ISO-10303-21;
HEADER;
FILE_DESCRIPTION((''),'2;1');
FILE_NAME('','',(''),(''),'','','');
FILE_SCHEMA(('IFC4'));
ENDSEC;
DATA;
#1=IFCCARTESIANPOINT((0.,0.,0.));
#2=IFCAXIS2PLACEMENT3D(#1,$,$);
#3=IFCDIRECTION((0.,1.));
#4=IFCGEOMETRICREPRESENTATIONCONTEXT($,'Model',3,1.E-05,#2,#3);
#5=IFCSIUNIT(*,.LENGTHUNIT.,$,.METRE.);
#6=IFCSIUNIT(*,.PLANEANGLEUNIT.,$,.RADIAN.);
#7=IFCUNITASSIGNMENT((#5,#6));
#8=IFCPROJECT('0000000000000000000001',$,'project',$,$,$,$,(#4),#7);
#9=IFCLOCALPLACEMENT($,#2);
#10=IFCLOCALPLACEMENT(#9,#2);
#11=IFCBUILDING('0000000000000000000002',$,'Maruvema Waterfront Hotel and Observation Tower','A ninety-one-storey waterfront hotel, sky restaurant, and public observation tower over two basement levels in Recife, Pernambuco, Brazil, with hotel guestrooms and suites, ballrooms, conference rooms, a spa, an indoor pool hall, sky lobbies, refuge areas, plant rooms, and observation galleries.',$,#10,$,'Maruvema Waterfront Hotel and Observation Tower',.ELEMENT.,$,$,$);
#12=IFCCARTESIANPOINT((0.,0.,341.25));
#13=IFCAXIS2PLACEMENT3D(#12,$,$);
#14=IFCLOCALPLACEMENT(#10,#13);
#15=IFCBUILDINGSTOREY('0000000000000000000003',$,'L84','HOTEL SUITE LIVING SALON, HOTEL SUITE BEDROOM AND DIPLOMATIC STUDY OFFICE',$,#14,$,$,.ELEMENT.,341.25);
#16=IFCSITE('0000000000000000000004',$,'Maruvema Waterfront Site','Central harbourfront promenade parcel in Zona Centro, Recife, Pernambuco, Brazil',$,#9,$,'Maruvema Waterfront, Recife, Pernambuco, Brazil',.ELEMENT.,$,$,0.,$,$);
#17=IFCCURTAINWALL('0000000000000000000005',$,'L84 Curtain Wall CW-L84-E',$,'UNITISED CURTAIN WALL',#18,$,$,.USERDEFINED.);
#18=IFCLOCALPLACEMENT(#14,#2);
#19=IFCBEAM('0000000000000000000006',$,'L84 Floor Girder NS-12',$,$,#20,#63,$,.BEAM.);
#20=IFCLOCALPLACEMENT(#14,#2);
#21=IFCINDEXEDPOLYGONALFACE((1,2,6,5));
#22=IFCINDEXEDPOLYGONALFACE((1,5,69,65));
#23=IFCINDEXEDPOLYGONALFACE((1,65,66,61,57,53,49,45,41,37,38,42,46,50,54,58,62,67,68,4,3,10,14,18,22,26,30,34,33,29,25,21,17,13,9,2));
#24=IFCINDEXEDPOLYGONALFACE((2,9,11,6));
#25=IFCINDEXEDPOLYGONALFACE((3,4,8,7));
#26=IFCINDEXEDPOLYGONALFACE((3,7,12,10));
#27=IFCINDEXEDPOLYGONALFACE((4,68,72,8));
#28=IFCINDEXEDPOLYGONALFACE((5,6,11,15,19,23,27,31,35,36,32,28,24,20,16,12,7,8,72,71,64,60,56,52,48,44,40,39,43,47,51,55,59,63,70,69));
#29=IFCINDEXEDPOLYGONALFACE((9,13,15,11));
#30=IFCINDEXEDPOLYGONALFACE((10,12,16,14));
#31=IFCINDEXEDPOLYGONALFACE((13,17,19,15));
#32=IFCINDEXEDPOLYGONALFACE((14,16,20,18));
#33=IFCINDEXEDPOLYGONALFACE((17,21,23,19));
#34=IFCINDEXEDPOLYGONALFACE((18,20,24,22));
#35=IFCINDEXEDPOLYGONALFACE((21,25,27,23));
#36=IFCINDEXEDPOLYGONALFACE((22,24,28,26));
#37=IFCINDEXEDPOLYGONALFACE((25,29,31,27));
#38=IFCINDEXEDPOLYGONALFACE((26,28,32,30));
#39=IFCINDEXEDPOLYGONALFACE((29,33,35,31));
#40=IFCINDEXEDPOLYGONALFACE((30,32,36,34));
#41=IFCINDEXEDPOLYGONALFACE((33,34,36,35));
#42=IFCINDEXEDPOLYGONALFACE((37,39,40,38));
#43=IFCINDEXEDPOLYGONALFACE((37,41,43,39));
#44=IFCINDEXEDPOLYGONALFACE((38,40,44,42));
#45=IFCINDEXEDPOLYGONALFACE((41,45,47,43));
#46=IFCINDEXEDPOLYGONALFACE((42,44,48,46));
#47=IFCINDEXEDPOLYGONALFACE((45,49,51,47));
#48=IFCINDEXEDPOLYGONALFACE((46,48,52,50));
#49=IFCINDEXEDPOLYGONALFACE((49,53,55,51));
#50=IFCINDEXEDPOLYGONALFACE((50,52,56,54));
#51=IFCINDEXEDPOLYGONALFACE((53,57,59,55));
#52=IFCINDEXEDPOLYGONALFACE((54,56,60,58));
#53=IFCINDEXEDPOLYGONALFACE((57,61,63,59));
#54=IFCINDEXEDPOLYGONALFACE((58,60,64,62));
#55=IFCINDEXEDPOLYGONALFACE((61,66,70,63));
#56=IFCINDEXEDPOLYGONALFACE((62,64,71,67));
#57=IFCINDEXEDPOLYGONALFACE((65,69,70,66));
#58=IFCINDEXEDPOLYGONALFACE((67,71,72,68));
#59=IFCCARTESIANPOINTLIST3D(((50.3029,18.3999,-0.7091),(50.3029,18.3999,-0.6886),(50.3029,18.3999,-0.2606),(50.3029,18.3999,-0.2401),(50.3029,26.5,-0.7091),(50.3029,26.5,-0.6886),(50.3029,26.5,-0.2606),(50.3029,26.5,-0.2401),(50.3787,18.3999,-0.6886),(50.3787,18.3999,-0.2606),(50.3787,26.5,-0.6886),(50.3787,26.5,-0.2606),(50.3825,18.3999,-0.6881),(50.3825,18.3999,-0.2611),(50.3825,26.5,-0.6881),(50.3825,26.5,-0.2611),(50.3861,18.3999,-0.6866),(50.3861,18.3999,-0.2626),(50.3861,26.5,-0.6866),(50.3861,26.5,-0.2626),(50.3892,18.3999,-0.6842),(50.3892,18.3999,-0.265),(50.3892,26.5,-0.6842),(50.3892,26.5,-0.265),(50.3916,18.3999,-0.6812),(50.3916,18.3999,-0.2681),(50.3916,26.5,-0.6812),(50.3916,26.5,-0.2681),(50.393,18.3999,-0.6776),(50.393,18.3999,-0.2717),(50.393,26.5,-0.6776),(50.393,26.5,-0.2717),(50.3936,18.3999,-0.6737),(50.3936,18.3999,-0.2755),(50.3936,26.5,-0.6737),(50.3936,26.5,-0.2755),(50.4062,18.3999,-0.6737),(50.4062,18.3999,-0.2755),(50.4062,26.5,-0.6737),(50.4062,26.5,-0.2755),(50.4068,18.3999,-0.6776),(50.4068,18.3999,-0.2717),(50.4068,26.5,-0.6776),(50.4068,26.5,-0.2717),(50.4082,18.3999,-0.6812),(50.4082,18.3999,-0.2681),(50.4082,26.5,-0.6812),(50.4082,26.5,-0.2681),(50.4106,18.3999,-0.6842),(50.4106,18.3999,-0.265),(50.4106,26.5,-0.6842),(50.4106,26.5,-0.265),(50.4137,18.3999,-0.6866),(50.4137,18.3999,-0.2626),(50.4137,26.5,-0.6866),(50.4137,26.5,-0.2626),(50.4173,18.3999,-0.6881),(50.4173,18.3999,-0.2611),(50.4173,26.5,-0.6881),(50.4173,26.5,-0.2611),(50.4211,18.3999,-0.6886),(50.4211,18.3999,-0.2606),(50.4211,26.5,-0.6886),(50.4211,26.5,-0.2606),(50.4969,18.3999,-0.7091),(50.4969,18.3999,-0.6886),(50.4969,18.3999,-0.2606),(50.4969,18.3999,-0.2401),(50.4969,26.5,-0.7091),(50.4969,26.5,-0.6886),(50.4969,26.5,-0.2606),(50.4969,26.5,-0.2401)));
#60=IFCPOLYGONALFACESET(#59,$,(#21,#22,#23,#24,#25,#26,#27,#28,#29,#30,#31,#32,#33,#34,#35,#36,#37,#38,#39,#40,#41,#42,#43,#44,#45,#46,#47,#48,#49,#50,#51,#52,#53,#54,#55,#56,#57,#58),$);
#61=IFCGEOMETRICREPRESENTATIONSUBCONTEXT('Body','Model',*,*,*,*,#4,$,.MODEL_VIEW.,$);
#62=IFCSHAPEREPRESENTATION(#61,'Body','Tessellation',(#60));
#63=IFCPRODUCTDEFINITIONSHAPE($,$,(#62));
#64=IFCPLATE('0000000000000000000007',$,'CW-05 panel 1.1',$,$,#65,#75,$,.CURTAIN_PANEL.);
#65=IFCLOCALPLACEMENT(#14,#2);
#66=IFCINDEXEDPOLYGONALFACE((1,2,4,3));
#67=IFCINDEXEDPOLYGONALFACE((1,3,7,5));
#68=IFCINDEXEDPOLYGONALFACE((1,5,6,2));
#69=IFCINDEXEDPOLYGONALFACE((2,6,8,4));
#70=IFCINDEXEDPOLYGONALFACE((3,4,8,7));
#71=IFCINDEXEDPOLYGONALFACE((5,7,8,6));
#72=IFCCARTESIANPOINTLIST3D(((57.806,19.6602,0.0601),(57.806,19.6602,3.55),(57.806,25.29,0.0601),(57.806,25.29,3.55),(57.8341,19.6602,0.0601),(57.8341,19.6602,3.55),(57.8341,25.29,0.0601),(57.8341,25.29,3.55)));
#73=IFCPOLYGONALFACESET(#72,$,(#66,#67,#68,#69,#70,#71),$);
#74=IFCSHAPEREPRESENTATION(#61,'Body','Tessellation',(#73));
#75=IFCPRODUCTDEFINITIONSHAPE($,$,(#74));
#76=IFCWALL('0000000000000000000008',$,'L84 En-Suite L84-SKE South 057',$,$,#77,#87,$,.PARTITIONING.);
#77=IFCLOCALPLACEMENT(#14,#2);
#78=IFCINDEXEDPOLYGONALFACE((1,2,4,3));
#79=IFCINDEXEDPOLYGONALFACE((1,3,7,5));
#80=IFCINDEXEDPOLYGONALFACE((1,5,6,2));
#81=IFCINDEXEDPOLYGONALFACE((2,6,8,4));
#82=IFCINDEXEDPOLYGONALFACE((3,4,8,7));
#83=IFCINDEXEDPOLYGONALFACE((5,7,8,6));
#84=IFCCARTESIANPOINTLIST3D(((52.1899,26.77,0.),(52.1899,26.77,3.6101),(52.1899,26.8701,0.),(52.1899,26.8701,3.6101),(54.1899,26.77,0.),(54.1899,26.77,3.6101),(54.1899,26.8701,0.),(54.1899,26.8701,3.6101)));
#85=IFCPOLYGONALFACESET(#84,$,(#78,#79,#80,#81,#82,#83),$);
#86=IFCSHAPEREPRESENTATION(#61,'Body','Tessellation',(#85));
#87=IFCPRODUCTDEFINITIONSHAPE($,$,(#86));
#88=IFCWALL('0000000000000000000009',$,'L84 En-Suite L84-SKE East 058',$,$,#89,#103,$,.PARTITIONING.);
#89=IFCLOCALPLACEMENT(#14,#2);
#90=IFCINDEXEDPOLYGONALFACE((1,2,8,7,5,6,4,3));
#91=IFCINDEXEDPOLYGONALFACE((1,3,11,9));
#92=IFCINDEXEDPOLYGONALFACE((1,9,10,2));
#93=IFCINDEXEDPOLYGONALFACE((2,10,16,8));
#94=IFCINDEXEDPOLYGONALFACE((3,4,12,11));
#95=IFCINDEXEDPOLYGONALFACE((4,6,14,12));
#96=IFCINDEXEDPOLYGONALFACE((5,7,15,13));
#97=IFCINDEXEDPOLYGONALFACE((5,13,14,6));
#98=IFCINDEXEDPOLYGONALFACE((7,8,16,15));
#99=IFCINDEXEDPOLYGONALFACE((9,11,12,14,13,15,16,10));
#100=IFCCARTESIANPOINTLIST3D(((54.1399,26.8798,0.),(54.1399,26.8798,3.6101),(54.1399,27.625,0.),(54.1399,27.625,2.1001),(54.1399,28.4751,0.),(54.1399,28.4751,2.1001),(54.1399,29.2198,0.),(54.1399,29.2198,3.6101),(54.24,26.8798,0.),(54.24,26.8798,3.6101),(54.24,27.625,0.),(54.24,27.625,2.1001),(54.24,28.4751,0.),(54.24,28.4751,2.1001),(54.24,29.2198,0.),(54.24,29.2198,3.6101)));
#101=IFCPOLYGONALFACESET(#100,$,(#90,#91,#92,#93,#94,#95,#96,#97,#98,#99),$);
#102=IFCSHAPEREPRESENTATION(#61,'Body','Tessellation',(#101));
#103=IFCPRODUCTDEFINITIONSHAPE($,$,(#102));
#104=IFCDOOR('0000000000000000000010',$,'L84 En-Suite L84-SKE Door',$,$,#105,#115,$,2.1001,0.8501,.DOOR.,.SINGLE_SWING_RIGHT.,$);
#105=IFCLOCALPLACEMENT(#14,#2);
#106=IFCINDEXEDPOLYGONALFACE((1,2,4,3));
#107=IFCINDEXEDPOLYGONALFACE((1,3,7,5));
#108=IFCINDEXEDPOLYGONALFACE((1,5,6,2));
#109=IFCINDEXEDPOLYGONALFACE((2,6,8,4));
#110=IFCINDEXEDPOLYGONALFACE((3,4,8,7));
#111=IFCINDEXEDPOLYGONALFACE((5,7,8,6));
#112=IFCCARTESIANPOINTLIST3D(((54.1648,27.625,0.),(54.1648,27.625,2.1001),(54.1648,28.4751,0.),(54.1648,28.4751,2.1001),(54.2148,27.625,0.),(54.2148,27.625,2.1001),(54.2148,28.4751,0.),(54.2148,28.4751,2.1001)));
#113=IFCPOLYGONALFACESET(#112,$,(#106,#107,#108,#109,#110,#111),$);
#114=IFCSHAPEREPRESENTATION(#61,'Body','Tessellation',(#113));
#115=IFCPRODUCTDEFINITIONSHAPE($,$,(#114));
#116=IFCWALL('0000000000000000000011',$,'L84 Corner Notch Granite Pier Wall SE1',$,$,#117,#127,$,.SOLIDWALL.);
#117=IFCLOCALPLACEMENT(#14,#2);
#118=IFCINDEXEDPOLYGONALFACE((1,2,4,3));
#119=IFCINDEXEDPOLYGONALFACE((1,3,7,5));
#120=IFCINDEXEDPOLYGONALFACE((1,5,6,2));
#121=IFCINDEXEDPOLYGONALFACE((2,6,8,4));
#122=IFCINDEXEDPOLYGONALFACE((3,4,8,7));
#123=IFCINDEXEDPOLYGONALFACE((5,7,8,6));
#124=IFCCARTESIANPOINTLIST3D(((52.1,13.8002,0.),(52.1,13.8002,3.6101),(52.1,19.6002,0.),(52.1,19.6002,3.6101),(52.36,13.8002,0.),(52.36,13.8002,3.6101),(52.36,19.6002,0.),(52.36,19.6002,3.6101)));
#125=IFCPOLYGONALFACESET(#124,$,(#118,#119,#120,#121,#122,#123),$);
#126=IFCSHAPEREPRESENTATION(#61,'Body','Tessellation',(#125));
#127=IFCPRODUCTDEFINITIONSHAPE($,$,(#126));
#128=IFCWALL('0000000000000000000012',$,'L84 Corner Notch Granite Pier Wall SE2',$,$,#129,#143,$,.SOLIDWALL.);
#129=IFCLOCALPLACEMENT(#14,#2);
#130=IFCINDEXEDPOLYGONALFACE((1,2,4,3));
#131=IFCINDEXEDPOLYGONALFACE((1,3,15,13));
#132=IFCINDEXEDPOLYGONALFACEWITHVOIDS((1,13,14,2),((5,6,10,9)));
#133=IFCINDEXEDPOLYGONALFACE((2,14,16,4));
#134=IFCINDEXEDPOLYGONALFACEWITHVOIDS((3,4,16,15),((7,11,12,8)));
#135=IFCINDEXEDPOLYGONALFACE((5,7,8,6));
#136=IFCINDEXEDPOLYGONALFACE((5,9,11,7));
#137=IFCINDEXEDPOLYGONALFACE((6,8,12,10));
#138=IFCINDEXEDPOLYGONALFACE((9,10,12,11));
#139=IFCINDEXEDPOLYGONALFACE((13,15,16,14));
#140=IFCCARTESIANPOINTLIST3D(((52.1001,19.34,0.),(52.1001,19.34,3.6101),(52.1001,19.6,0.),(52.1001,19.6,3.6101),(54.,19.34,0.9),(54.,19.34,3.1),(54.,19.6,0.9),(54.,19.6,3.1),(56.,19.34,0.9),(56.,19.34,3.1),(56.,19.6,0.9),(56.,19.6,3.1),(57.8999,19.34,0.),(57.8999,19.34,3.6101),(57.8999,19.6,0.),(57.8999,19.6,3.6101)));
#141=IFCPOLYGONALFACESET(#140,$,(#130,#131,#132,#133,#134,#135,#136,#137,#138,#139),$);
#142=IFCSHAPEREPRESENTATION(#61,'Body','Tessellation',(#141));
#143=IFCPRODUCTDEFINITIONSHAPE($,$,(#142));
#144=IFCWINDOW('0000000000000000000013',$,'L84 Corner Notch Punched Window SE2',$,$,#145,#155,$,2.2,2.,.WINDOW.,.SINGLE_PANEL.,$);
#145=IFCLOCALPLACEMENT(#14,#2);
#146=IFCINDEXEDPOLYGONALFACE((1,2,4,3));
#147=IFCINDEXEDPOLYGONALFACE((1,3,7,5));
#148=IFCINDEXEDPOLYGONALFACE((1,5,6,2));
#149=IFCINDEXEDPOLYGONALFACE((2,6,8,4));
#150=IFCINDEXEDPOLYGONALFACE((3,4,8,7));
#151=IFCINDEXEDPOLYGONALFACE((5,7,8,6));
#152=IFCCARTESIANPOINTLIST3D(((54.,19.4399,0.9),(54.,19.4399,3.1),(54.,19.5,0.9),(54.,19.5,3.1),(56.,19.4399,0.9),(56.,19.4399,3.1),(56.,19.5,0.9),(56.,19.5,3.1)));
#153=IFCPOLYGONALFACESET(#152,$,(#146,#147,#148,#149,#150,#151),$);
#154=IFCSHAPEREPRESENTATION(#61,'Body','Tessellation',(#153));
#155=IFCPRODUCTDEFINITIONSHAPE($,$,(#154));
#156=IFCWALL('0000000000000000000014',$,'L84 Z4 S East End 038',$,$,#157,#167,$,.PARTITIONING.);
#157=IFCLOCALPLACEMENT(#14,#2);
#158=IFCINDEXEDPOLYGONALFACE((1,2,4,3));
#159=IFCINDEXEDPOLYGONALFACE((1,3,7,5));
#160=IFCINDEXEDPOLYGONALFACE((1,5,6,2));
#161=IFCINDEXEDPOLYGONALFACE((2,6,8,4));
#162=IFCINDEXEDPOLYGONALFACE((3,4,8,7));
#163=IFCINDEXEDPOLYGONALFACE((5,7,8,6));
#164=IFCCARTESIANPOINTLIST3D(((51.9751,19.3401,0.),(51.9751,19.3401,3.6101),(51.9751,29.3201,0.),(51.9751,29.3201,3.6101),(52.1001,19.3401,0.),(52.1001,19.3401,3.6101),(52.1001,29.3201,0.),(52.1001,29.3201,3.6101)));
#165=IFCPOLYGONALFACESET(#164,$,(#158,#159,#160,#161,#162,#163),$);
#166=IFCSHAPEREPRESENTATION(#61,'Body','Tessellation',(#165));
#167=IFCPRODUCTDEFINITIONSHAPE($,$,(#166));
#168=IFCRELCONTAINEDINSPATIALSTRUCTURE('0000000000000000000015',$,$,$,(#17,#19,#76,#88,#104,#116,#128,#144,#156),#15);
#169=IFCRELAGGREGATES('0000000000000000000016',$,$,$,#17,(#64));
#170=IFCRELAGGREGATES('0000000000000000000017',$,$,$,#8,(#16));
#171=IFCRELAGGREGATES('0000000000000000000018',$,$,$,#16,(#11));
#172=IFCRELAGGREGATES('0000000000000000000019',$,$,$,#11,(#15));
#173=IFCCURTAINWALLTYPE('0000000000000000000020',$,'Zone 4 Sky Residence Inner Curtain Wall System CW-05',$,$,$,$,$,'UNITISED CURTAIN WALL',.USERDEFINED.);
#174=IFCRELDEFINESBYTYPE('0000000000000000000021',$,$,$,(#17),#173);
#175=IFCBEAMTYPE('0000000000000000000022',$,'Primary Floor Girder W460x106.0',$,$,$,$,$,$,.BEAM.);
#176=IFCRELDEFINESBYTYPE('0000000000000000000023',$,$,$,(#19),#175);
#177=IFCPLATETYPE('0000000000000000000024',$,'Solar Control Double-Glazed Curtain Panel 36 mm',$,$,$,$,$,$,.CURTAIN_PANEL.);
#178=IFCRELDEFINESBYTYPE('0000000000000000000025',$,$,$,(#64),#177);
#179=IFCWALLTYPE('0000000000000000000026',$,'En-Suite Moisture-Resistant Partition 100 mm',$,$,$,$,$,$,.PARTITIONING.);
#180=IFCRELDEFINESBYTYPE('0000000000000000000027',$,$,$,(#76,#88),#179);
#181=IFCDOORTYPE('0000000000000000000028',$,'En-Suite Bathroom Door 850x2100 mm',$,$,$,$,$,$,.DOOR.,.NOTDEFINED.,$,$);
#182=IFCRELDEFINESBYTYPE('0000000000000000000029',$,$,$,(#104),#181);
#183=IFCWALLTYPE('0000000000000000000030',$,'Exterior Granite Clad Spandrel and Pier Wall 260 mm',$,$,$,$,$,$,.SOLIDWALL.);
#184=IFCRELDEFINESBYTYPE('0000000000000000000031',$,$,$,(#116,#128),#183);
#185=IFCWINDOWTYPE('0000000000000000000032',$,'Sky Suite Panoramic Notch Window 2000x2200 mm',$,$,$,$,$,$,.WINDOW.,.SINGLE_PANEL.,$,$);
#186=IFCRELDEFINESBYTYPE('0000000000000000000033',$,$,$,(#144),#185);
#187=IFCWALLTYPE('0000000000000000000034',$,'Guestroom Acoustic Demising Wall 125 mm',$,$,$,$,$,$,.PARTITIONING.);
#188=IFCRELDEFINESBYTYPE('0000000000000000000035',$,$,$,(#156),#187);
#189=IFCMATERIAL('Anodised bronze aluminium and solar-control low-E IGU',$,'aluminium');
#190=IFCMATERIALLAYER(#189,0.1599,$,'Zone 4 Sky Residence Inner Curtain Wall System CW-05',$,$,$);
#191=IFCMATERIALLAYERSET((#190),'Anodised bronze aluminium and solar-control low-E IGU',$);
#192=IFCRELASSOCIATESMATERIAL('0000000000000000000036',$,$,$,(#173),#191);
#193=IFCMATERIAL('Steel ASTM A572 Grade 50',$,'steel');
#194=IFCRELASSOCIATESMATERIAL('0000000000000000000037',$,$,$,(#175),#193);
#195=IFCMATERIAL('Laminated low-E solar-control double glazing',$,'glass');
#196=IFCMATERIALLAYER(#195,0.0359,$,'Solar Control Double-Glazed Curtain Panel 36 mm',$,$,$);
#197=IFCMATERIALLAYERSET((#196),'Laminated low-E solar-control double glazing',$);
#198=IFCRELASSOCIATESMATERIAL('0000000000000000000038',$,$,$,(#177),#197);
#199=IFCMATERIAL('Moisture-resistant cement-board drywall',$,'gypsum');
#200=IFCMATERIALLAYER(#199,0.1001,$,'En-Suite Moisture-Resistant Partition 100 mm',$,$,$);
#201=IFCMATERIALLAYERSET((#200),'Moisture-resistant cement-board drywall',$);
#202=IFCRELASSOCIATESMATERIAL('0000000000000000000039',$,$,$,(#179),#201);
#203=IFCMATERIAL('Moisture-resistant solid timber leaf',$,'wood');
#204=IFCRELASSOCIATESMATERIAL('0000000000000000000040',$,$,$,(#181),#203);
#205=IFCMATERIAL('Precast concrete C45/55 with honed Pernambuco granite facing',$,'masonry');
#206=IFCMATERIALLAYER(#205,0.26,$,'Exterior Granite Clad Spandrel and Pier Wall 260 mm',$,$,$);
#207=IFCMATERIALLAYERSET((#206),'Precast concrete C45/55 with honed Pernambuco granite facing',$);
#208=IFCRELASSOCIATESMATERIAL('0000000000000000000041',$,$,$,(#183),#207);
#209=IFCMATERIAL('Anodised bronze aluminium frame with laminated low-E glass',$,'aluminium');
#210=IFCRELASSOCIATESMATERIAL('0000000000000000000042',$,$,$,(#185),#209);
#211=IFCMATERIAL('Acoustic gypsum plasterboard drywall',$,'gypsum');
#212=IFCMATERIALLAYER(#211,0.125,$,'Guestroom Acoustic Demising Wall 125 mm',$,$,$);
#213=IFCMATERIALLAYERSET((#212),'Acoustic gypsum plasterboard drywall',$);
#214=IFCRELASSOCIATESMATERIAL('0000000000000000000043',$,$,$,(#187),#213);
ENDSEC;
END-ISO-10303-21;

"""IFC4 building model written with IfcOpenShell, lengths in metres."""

from ifc_helpers import new_model, si_unit, direction, frame, frame_2d, origin, origin_2d, place, context, subcontext, project, spatial, rectangle, i_section, extrude, material, layer, layer_set, material_profile, profile_set, type_object, element, fill, aggregate, save


model = new_model("IFC4")

# Units and contexts
model_context = context("Model", 3, precision=1e-05, world=origin(), true_north=direction((0.0, 1.0)))
body_context = subcontext(model_context, "Body", "Model", "MODEL_VIEW")
ifc_project = project(units=[si_unit("LENGTHUNIT", "METRE"), si_unit("PLANEANGLEUNIT", "RADIAN")], contexts=[model_context])

# Site, building, storey
site_placement = place(None, origin())
site = spatial("IfcSite", under=ifc_project, at=site_placement, Name="Maruvema Waterfront Site", Description="Central harbourfront promenade parcel in Zona Centro, Recife, Pernambuco, Brazil", LongName="Maruvema Waterfront, Recife, Pernambuco, Brazil", CompositionType="ELEMENT", RefElevation=0.0)
building_placement = place(site_placement, origin())
building = spatial("IfcBuilding", under=site, at=building_placement, Name="Maruvema Waterfront Hotel and Observation Tower", Description="A ninety-one-storey waterfront hotel, sky restaurant, and public observation tower over two basement levels in Recife, Pernambuco, Brazil, with hotel guestrooms and suites, ballrooms, conference rooms, a spa, an indoor pool hall, sky lobbies, refuge areas, plant rooms, and observation galleries.", LongName="Maruvema Waterfront Hotel and Observation Tower", CompositionType="ELEMENT")
storey_placement = place(building_placement, frame((0.0, 0.0, 341.25)))
storey = spatial("IfcBuildingStorey", under=building, at=storey_placement, Name="L84", Description="HOTEL SUITE LIVING SALON, HOTEL SUITE BEDROOM AND DIPLOMATIC STUDY OFFICE", CompositionType="ELEMENT", Elevation=341.25)

# Curtain wall
ifc_material_1 = material(Name="Anodised bronze aluminium and solar-control low-E IGU", Category="aluminium")
ifc_layer_1 = layer(ifc_material_1, 0.1599, Name="Zone 4 Sky Residence Inner Curtain Wall System CW-05")
ifc_layer_set_1 = layer_set([ifc_layer_1], Name="Anodised bronze aluminium and solar-control low-E IGU")
curtain_wall_type = type_object("IfcCurtainWallType", Name="Zone 4 Sky Residence Inner Curtain Wall System CW-05", ElementType="UNITISED CURTAIN WALL", PredefinedType="USERDEFINED", material=ifc_layer_set_1)
curtain_wall_1_placement = place(storey_placement, origin())
curtain_wall_1 = element("IfcCurtainWall", 1, at=curtain_wall_1_placement, inside=storey, type_object=curtain_wall_type, Name="L84 Curtain Wall CW-L84-E", ObjectType="UNITISED CURTAIN WALL", PredefinedType="USERDEFINED")

# Beam
ifc_material_2 = material(Name="Steel ASTM A572 Grade 50", Category="steel")
ifc_material_profile_1 = material_profile(ifc_material_2, i_section(OverallWidth=0.1941, OverallDepth=0.469, WebThickness=0.0127, FlangeThickness=0.0205, FilletRadius=0.0149, at=origin_2d()), Name="W460x106.0")
ifc_profile_set_1 = profile_set([ifc_material_profile_1], Name="Steel ASTM A572 Grade 50")
beam_type = type_object("IfcBeamType", Name="Primary Floor Girder W460x106.0", PredefinedType="BEAM", material=ifc_profile_set_1)
beam_1_placement = place(storey_placement, frame((50.3999, 18.3999, -0.4746), z_axis=(0.0, 1.0, 0.0), x_axis=(-1.0, 0.0, 0.0)))
element("IfcBeam", 2, at=beam_1_placement, inside=storey, type_object=beam_type, Name="L84 Floor Girder NS-12", PredefinedType="BEAM", context=body_context, shape_type="SweptSolid", body=[
    extrude(i_section(OverallWidth=0.1941, OverallDepth=0.469, WebThickness=0.0127, FlangeThickness=0.0205, FilletRadius=0.0149, at=origin_2d()), origin(), (0.0, 0.0, 1.0), 8.1001),
])

# Plate
ifc_material_3 = material(Name="Laminated low-E solar-control double glazing", Category="glass")
ifc_layer_2 = layer(ifc_material_3, 0.0359, Name="Solar Control Double-Glazed Curtain Panel 36 mm")
ifc_layer_set_2 = layer_set([ifc_layer_2], Name="Laminated low-E solar-control double glazing")
plate_type = type_object("IfcPlateType", Name="Solar Control Double-Glazed Curtain Panel 36 mm", PredefinedType="CURTAIN_PANEL", material=ifc_layer_set_2)
plate_placement = place(storey_placement, frame((57.8201, 22.4751, 0.0601), z_axis=(0.0, 0.0, 1.0), x_axis=(0.0, 1.0, 0.0)))
plate = element("IfcPlate", 3, at=plate_placement, type_object=plate_type, Name="CW-05 panel 1.1", PredefinedType="CURTAIN_PANEL", context=body_context, shape_type="SweptSolid", body=[
    extrude(rectangle(XDim=5.6299, YDim=0.0281, at=origin_2d()), origin(), (0.0, 0.0, 1.0), 3.49),
])
aggregate(curtain_wall_1, [plate])

# Wall
ifc_material_4 = material(Name="Moisture-resistant cement-board drywall", Category="gypsum")
ifc_layer_3 = layer(ifc_material_4, 0.1001, Name="En-Suite Moisture-Resistant Partition 100 mm")
ifc_layer_set_3 = layer_set([ifc_layer_3], Name="Moisture-resistant cement-board drywall")
wall_type_1 = type_object("IfcWallType", Name="En-Suite Moisture-Resistant Partition 100 mm", PredefinedType="PARTITIONING", material=ifc_layer_set_3)
wall_1_placement = place(storey_placement, frame((52.1899, 26.8201, 0.0), z_axis=(0.0, 0.0, 1.0), x_axis=(1.0, 0.0, 0.0)))
element("IfcWall", 4, at=wall_1_placement, inside=storey, type_object=wall_type_1, Name="L84 En-Suite L84-SKE South 057", PredefinedType="PARTITIONING", context=body_context, shape_type="SweptSolid", body=[
    extrude(rectangle(XDim=2.0, YDim=0.1001, at=frame_2d((1.0, 0.0))), origin(), (0.0, 0.0, 1.0), 3.6101),
])

# Wall, opening, door
wall_2_placement = place(storey_placement, frame((54.1899, 26.8799, 0.0), z_axis=(0.0, 0.0, 1.0), x_axis=(0.0, 1.0, 0.0)))
wall_2 = element("IfcWall", 5, at=wall_2_placement, inside=storey, type_object=wall_type_1, Name="L84 En-Suite L84-SKE East 058", PredefinedType="PARTITIONING", context=body_context, shape_type="SweptSolid", body=[
    extrude(rectangle(XDim=2.3401, YDim=0.1001, at=frame_2d((1.1699, 0.0))), origin(), (0.0, 0.0, 1.0), 3.6101),
])
opening_1_placement = place(wall_2_placement, frame((0.7451, 0.0, 0.0)))
opening_1 = element("IfcOpeningElement", 6, at=opening_1_placement, cuts=wall_2, PredefinedType="OPENING", context=body_context, shape_type="SweptSolid", body=[
    extrude(rectangle(XDim=0.8501, YDim=2.1001, at=frame_2d((0.425, 1.05))), frame((0.0, 0.0601, 0.0), z_axis=(0.0, -1.0, 0.0), x_axis=(1.0, 0.0, 0.0)), (0.0, 0.0, 1.0), 0.1201),
])
ifc_material_5 = material(Name="Moisture-resistant solid timber leaf", Category="wood")
door_type = type_object("IfcDoorType", Name="En-Suite Bathroom Door 850x2100 mm", OperationType="NOTDEFINED", PredefinedType="DOOR", material=ifc_material_5)
door_placement = place(opening_1_placement, frame((0.8501, 0.0, 0.0), z_axis=(0.0, 0.0, 1.0), x_axis=(-1.0, 0.0, 0.0)))
door = element("IfcDoor", 7, at=door_placement, inside=storey, type_object=door_type, Name="L84 En-Suite L84-SKE Door", OperationType="SINGLE_SWING_RIGHT", OverallHeight=2.1001, OverallWidth=0.8501, PredefinedType="DOOR", context=body_context, shape_type="SweptSolid", body=[
    extrude(rectangle(XDim=0.8501, YDim=2.1001, at=frame_2d((0.425, 1.05))), frame((0.0, 0.0249, 0.0), z_axis=(0.0, -1.0, 0.0), x_axis=(1.0, 0.0, 0.0)), (0.0, 0.0, 1.0), 0.05),
])
fill(opening_1, door)

# Wall
ifc_material_6 = material(Name="Precast concrete C45/55 with honed Pernambuco granite facing", Category="masonry")
ifc_layer_4 = layer(ifc_material_6, 0.26, Name="Exterior Granite Clad Spandrel and Pier Wall 260 mm")
ifc_layer_set_4 = layer_set([ifc_layer_4], Name="Precast concrete C45/55 with honed Pernambuco granite facing")
wall_type_2 = type_object("IfcWallType", Name="Exterior Granite Clad Spandrel and Pier Wall 260 mm", PredefinedType="SOLIDWALL", material=ifc_layer_set_4)
wall_3_placement = place(storey_placement, frame((52.23, 19.6001, 0.0), z_axis=(0.0, 0.0, 1.0), x_axis=(0.0, -1.0, 0.0)))
element("IfcWall", 8, at=wall_3_placement, inside=storey, type_object=wall_type_2, Name="L84 Corner Notch Granite Pier Wall SE1", PredefinedType="SOLIDWALL", context=body_context, shape_type="SweptSolid", body=[
    extrude(rectangle(XDim=5.8, YDim=0.26, at=frame_2d((2.8999, 0.0))), origin(), (0.0, 0.0, 1.0), 3.6101),
])

# Wall, opening, window
wall_4_placement = place(storey_placement, frame((57.8999, 19.47, 0.0), z_axis=(0.0, 0.0, 1.0), x_axis=(-1.0, 0.0, 0.0)))
wall_4 = element("IfcWall", 9, at=wall_4_placement, inside=storey, type_object=wall_type_2, Name="L84 Corner Notch Granite Pier Wall SE2", PredefinedType="SOLIDWALL", context=body_context, shape_type="SweptSolid", body=[
    extrude(rectangle(XDim=5.7998, YDim=0.26, at=frame_2d((2.8999, 0.0))), origin(), (0.0, 0.0, 1.0), 3.6101),
])
opening_2_placement = place(wall_4_placement, frame((1.8999, 0.0, 0.8999)))
opening_2 = element("IfcOpeningElement", 10, at=opening_2_placement, cuts=wall_4, PredefinedType="OPENING", context=body_context, shape_type="SweptSolid", body=[
    extrude(rectangle(XDim=2.0, YDim=2.2, at=frame_2d((1.0, 1.1001))), frame((0.0, 0.1401, 0.0), z_axis=(0.0, -1.0, 0.0), x_axis=(1.0, 0.0, 0.0)), (0.0, 0.0, 1.0), 0.28),
])
ifc_material_7 = material(Name="Anodised bronze aluminium frame with laminated low-E glass", Category="aluminium")
window_type = type_object("IfcWindowType", Name="Sky Suite Panoramic Notch Window 2000x2200 mm", PartitioningType="SINGLE_PANEL", PredefinedType="WINDOW", material=ifc_material_7)
window_placement = place(opening_2_placement, origin())
window = element("IfcWindow", 11, at=window_placement, inside=storey, type_object=window_type, Name="L84 Corner Notch Punched Window SE2", OverallHeight=2.2, OverallWidth=2.0, PartitioningType="SINGLE_PANEL", PredefinedType="WINDOW", context=body_context, shape_type="SweptSolid", body=[
    extrude(rectangle(XDim=2.0, YDim=2.2, at=frame_2d((1.0, 1.1001))), frame((0.0, 0.03, 0.0), z_axis=(0.0, -1.0, 0.0), x_axis=(1.0, 0.0, 0.0)), (0.0, 0.0, 1.0), 0.0601),
])
fill(opening_2, window)

# Wall
ifc_material_8 = material(Name="Acoustic gypsum plasterboard drywall", Category="gypsum")
ifc_layer_5 = layer(ifc_material_8, 0.125, Name="Guestroom Acoustic Demising Wall 125 mm")
ifc_layer_set_5 = layer_set([ifc_layer_5], Name="Acoustic gypsum plasterboard drywall")
wall_type_3 = type_object("IfcWallType", Name="Guestroom Acoustic Demising Wall 125 mm", PredefinedType="PARTITIONING", material=ifc_layer_set_5)
wall_5_placement = place(storey_placement, frame((52.0376, 19.3401, 0.0), z_axis=(0.0, 0.0, 1.0), x_axis=(0.0, 1.0, 0.0)))
element("IfcWall", 12, at=wall_5_placement, inside=storey, type_object=wall_type_3, Name="L84 Z4 S East End 038", PredefinedType="PARTITIONING", context=body_context, shape_type="SweptSolid", body=[
    extrude(rectangle(XDim=9.98, YDim=0.125, at=frame_2d((4.99, 0.0))), origin(), (0.0, 0.0, 1.0), 3.6101),
])

save(model, "model.ifc")
